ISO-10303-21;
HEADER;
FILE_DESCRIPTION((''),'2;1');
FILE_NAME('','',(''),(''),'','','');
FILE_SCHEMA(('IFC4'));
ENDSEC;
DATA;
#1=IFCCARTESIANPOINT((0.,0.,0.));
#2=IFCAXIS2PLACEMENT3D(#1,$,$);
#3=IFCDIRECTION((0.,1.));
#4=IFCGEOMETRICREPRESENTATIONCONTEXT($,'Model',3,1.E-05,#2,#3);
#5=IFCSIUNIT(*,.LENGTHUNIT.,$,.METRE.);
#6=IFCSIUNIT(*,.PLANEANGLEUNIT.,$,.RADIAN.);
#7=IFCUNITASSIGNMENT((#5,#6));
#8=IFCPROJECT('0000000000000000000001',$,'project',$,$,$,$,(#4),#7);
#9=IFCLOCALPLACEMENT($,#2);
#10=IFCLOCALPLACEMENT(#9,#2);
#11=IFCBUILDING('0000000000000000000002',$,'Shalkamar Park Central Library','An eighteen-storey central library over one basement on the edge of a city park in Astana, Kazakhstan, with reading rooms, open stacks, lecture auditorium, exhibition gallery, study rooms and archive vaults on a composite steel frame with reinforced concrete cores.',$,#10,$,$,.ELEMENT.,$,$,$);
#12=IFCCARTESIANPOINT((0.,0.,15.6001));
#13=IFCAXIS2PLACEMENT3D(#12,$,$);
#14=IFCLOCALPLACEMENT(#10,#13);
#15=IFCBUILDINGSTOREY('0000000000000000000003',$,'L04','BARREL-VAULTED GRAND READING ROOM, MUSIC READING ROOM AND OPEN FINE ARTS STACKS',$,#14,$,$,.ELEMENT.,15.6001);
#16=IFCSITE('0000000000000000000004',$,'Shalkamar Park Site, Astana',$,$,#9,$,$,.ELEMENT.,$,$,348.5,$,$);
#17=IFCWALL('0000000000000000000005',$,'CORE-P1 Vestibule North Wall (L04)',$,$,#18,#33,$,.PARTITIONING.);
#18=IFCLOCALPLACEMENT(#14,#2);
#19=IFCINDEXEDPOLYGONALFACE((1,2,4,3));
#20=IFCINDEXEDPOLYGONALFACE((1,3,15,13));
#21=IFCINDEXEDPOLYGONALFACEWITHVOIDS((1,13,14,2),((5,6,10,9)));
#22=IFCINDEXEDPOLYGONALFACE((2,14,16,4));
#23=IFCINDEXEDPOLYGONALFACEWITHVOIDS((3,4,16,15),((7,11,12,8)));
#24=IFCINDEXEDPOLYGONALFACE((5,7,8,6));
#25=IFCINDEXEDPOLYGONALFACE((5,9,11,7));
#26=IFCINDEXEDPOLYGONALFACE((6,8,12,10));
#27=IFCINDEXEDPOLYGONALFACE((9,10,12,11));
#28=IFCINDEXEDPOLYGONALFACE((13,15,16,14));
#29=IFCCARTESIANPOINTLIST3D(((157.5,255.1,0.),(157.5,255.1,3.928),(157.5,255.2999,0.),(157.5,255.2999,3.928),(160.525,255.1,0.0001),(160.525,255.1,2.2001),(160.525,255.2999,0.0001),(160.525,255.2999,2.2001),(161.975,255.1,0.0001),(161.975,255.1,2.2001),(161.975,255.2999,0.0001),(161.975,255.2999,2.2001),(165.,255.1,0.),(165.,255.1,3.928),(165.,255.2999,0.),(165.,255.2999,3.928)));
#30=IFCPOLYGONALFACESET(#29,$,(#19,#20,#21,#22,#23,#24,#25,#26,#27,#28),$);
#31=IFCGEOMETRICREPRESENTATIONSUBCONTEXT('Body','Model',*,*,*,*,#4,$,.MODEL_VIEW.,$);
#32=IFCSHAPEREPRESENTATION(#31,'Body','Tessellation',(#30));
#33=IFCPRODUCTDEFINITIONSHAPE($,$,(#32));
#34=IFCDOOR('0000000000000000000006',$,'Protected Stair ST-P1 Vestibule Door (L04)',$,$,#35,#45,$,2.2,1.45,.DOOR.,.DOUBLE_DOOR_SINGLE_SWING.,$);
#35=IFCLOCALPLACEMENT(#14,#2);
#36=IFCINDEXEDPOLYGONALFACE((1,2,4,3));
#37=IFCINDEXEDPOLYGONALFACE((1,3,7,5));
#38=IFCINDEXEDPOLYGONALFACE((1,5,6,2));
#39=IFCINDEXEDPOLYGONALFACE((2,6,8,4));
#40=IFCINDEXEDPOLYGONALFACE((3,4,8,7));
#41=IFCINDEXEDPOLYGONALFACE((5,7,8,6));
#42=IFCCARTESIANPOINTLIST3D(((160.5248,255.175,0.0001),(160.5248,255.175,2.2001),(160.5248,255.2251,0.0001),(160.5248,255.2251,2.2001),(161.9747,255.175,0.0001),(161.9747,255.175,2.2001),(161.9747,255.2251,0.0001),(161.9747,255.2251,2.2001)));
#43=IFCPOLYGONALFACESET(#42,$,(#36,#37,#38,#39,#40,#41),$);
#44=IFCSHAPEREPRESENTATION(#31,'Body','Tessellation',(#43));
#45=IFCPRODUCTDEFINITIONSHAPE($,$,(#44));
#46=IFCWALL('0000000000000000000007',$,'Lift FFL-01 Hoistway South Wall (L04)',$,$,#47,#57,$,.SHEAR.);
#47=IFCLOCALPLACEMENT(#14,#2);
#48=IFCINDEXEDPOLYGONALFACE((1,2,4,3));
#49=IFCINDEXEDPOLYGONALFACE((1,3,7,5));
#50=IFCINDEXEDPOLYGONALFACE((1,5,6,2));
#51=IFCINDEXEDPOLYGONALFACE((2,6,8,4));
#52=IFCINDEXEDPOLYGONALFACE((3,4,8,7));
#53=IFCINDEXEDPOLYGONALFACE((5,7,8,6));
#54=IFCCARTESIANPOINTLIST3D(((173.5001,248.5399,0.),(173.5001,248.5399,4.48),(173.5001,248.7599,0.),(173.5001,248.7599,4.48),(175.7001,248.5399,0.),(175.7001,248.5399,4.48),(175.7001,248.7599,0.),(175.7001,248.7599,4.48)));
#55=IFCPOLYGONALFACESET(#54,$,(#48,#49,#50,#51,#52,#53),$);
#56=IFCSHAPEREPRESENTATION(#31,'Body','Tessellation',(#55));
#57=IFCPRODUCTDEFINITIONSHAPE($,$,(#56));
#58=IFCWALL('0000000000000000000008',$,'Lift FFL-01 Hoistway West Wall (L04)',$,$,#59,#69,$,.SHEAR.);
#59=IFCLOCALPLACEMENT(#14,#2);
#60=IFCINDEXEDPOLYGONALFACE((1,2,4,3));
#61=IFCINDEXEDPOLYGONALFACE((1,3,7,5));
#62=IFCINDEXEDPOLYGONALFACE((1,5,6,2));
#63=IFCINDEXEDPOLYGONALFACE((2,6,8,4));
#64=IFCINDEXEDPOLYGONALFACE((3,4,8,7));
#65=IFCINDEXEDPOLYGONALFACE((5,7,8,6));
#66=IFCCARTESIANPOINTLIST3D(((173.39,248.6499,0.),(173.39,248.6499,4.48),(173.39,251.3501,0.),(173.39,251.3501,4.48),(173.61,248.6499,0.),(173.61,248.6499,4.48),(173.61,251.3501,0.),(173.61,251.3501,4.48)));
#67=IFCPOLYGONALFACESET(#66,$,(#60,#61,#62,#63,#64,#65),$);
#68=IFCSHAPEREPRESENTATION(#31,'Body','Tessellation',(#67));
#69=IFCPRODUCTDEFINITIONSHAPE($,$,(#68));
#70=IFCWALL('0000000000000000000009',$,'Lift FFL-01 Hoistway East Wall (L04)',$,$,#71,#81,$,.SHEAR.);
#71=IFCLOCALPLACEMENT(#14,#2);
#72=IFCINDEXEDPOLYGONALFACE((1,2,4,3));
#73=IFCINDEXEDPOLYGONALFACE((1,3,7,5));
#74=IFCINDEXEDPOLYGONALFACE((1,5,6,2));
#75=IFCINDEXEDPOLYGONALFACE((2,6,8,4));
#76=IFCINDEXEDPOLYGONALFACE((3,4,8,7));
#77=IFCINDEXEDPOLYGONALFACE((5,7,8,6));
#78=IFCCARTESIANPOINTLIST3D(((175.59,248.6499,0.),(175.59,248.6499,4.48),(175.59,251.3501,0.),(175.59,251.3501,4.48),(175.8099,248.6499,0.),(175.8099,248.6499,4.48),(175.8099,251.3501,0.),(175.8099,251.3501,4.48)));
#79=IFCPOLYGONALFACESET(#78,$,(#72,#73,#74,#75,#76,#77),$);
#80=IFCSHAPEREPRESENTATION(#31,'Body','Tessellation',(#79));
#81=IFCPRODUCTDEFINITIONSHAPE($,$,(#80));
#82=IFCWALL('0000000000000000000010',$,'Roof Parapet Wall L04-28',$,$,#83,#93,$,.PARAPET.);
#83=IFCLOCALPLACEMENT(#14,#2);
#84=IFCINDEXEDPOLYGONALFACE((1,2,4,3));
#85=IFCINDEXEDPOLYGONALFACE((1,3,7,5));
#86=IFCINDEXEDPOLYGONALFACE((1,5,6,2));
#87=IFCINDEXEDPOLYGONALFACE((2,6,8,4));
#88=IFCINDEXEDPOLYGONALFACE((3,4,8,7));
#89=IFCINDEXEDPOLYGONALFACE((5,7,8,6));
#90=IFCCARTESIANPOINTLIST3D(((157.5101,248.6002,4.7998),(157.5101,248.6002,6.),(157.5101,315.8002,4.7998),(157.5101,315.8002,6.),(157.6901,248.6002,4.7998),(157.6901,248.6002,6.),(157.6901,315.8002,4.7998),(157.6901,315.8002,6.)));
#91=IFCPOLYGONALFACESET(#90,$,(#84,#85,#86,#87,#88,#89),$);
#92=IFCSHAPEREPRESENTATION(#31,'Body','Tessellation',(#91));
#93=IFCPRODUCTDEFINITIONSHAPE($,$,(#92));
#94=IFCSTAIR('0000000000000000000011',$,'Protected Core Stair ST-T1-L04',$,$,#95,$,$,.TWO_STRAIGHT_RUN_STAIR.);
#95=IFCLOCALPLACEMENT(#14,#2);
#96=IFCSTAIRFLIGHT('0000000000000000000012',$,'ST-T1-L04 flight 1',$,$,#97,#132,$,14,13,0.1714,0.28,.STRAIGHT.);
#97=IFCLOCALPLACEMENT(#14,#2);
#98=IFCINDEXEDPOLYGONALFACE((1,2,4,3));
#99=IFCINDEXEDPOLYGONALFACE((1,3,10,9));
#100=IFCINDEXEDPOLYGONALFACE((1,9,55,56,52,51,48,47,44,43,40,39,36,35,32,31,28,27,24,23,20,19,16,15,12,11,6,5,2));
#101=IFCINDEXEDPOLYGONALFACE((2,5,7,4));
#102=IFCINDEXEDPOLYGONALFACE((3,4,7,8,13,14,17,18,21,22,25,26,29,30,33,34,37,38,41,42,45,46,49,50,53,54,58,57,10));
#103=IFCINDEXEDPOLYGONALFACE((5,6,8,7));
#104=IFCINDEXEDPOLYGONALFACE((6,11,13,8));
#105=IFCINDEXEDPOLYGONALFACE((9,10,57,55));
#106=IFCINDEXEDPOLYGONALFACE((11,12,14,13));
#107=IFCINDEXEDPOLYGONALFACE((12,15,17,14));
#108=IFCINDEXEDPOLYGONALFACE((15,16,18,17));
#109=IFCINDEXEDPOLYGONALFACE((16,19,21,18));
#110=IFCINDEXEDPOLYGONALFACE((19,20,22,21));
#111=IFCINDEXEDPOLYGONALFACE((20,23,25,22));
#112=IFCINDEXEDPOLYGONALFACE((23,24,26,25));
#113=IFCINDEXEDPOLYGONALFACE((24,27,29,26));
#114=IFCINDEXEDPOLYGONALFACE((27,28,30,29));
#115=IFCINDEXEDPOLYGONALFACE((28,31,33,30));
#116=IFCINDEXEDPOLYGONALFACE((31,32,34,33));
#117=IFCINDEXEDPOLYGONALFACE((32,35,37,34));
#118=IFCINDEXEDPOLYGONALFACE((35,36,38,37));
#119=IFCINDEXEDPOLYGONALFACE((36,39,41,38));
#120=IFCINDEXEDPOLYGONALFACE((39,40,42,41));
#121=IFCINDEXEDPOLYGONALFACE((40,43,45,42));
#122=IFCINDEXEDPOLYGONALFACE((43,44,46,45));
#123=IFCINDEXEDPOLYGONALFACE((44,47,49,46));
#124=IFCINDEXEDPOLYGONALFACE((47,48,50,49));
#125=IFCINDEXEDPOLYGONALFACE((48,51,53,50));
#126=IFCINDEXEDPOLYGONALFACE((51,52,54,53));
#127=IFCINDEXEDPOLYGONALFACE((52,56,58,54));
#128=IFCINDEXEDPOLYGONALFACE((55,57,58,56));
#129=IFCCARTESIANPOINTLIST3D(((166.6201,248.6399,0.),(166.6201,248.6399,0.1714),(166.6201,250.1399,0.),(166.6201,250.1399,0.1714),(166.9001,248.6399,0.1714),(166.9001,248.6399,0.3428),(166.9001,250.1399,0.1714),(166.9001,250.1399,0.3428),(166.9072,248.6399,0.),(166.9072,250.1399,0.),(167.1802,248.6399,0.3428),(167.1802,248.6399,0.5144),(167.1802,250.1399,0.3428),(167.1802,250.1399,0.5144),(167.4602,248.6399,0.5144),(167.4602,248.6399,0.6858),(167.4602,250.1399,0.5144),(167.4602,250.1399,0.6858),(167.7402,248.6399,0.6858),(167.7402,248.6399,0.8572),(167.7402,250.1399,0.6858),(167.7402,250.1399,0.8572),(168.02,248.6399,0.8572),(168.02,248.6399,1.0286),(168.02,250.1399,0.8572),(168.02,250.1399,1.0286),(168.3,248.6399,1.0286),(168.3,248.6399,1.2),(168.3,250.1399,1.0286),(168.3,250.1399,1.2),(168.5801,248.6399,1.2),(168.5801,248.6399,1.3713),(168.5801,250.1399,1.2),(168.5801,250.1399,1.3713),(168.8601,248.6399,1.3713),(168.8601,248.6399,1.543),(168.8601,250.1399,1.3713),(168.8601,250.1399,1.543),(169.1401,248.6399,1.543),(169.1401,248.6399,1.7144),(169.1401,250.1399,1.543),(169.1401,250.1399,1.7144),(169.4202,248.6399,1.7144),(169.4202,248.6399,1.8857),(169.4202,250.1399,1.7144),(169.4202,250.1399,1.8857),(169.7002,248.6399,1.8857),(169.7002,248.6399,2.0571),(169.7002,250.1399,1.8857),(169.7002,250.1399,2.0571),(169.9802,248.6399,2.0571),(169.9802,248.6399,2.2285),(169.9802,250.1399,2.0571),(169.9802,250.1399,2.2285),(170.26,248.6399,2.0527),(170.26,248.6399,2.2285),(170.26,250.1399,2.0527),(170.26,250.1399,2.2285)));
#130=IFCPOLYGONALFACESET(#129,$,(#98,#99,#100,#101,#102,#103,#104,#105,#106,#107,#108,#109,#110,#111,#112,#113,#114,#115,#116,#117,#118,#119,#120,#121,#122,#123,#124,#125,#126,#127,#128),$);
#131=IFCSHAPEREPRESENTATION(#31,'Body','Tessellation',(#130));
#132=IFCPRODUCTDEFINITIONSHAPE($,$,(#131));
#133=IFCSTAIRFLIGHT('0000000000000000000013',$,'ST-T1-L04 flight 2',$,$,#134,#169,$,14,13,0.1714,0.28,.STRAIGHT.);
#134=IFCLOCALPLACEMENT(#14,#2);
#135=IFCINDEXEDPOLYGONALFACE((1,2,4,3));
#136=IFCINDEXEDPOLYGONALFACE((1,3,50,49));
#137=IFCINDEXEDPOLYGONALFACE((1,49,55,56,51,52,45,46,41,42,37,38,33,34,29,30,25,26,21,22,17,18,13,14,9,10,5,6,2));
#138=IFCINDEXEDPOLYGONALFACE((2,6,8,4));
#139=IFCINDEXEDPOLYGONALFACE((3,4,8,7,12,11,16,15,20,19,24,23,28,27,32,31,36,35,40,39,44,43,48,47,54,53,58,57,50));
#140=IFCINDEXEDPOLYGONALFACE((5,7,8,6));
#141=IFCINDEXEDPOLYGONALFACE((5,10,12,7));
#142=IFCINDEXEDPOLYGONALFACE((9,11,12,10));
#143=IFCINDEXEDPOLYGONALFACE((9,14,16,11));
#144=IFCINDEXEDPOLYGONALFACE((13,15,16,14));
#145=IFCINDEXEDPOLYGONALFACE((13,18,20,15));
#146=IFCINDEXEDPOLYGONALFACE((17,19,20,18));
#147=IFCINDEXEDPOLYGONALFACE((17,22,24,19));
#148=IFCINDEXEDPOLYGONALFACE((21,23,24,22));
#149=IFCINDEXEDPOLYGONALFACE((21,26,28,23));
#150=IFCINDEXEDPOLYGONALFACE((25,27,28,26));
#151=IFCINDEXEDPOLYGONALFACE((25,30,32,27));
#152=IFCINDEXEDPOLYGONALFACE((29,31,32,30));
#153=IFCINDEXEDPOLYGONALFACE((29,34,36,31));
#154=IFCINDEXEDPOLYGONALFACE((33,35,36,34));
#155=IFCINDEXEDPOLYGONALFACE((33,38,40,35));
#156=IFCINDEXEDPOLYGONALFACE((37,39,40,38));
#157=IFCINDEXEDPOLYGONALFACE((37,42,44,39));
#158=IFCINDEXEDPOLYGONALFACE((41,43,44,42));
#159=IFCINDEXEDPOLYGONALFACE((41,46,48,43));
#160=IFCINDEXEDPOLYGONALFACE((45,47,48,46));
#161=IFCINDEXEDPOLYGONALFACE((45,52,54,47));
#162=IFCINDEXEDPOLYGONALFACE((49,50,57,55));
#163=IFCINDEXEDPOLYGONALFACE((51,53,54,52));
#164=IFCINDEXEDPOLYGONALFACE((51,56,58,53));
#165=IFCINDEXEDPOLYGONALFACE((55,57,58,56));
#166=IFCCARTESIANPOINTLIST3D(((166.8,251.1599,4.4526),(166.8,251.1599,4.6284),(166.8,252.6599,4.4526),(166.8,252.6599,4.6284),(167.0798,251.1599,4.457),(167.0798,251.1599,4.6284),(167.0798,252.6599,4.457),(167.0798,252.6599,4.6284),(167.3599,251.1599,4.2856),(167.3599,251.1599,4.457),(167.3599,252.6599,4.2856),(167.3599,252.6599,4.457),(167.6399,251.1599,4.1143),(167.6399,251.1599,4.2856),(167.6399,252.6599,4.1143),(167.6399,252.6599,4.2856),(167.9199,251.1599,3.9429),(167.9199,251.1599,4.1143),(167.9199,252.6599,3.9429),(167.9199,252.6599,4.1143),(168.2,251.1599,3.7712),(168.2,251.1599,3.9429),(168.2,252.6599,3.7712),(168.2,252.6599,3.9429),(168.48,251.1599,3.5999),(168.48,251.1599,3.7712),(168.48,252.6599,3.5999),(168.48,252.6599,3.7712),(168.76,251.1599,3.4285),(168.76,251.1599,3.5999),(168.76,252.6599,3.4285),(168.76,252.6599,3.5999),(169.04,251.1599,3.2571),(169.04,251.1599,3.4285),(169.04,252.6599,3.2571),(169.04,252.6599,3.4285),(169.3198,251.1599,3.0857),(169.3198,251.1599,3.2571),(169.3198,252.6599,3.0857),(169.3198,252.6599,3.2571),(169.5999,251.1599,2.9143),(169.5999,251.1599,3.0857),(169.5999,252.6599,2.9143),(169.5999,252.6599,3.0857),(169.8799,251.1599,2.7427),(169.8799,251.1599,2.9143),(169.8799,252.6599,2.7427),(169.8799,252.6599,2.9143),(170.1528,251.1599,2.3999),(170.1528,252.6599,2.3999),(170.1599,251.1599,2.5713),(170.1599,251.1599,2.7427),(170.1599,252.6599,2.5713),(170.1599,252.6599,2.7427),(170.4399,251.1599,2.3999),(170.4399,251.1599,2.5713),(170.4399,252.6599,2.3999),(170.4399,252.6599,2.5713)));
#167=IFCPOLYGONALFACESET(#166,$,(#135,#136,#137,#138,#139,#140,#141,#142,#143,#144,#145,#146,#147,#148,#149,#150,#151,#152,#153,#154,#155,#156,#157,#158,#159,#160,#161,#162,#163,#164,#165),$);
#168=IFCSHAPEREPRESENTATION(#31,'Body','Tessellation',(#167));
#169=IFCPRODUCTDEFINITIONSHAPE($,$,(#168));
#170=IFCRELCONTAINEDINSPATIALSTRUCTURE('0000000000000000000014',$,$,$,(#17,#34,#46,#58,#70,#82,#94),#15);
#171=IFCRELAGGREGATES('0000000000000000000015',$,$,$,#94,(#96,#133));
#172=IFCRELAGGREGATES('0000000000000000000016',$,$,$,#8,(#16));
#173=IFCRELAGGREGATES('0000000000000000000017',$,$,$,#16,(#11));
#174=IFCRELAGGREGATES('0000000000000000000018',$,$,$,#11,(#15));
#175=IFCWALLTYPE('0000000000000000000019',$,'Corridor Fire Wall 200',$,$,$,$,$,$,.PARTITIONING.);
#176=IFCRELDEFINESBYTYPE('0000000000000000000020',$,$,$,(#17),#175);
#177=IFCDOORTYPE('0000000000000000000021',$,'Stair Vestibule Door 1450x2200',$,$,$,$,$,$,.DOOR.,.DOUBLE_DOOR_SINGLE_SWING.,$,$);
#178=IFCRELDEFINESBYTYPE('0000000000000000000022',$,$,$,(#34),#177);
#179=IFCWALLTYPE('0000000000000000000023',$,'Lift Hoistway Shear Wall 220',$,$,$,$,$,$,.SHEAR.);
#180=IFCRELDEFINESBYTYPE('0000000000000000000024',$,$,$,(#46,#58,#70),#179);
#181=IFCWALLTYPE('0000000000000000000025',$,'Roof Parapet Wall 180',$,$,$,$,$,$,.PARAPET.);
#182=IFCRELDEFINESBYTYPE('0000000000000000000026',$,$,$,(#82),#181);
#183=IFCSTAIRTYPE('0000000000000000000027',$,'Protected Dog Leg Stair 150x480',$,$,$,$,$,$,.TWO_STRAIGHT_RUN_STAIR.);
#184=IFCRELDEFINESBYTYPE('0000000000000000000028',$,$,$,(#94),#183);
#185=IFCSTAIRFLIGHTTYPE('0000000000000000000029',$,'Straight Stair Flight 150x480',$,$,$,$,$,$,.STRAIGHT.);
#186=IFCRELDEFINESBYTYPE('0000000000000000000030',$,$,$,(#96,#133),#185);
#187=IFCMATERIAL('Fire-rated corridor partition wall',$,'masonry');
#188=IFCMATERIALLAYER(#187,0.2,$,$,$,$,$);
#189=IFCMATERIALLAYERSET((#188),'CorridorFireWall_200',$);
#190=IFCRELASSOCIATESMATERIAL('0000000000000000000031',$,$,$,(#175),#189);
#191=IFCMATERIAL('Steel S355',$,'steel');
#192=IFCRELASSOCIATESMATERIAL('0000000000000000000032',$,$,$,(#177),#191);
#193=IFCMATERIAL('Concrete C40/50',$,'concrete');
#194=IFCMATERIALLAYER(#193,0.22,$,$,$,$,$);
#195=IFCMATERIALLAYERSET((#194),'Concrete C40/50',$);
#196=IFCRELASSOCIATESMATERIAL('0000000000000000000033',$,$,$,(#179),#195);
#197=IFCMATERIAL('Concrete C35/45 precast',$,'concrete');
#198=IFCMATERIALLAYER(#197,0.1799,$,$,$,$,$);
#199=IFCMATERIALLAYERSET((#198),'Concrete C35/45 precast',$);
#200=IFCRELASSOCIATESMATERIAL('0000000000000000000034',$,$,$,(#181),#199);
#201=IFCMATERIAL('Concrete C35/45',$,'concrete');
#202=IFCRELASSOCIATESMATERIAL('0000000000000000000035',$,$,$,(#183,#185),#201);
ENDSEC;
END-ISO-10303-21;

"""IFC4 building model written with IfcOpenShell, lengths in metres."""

from ifc_helpers import new_model, si_unit, direction, frame, frame_2d, origin, place, context, subcontext, project, spatial, polyline, rectangle, outline, extrude, material, layer, layer_set, type_object, element, fill, aggregate, save


model = new_model("IFC4")

# Units and contexts
model_context = context("Model", 3, precision=1e-05, world=origin(), true_north=direction((0.0, 1.0)))
body_context = subcontext(model_context, "Body", "Model", "MODEL_VIEW")
ifc_project = project(units=[si_unit("LENGTHUNIT", "METRE"), si_unit("PLANEANGLEUNIT", "RADIAN")], contexts=[model_context])

# Site, building, storey
site_placement = place(None, origin())
site = spatial("IfcSite", under=ifc_project, at=site_placement, Name="Shalkamar Park Site, Astana", CompositionType="ELEMENT", RefElevation=348.5)
building_placement = place(site_placement, origin())
building = spatial("IfcBuilding", under=site, at=building_placement, Name="Shalkamar Park Central Library", Description="An eighteen-storey central library over one basement on the edge of a city park in Astana, Kazakhstan, with reading rooms, open stacks, lecture auditorium, exhibition gallery, study rooms and archive vaults on a composite steel frame with reinforced concrete cores.", CompositionType="ELEMENT")
storey_placement = place(building_placement, frame((0.0, 0.0, 15.6001)))
storey = spatial("IfcBuildingStorey", under=building, at=storey_placement, Name="L04", Description="BARREL-VAULTED GRAND READING ROOM, MUSIC READING ROOM AND OPEN FINE ARTS STACKS", CompositionType="ELEMENT", Elevation=15.6001)

# Shared definitions
ifc_material_1 = material(Name="Steel S355", Category="steel")

# Wall, opening, door
ifc_material_2 = material(Name="Fire-rated corridor partition wall", Category="masonry")
ifc_layer_1 = layer(ifc_material_2, 0.2)
ifc_layer_set_1 = layer_set([ifc_layer_1], Name="CorridorFireWall_200")
wall_type_1 = type_object("IfcWallType", Name="Corridor Fire Wall 200", PredefinedType="PARTITIONING", material=ifc_layer_set_1)
door_type_1 = type_object("IfcDoorType", Name="Stair Vestibule Door 1450x2200", OperationType="DOUBLE_DOOR_SINGLE_SWING", PredefinedType="DOOR", material=ifc_material_1)
wall_1_placement = place(storey_placement, frame((157.5, 255.2, 0.0), z_axis=(0.0, 0.0, 1.0), x_axis=(1.0, 0.0, 0.0)))
wall_1 = element("IfcWall", 1, at=wall_1_placement, inside=storey, type_object=wall_type_1, Name="CORE-P1 Vestibule North Wall (L04)", PredefinedType="PARTITIONING", context=body_context, shape_type="SweptSolid", body=[
    extrude(rectangle(XDim=7.5, YDim=0.2, at=frame_2d((3.75, 0.0))), origin(), (0.0, 0.0, 1.0), 3.928),
])
opening_1_placement = place(wall_1_placement, frame((3.0249, 0.0, 0.0)))
opening_1 = element("IfcOpeningElement", 2, at=opening_1_placement, cuts=wall_1, PredefinedType="OPENING", context=body_context, shape_type="SweptSolid", body=[
    extrude(rectangle(XDim=1.45, YDim=2.2, at=frame_2d((0.7251, 1.1001))), frame((0.0, 0.1147, 0.0), z_axis=(0.0, -1.0, 0.0), x_axis=(1.0, 0.0, 0.0)), (0.0, 0.0, 1.0), 0.2297),
])
door_1_placement = place(opening_1_placement, frame((1.45, 0.0, 0.0), z_axis=(0.0, 0.0, 1.0), x_axis=(-1.0, 0.0, 0.0)))
door_1 = element("IfcDoor", 3, at=door_1_placement, inside=storey, type_object=door_type_1, Name="Protected Stair ST-P1 Vestibule Door (L04)", OperationType="DOUBLE_DOOR_SINGLE_SWING", OverallHeight=2.2, OverallWidth=1.45, PredefinedType="DOOR", context=body_context, shape_type="SweptSolid", body=[
    extrude(rectangle(XDim=1.45, YDim=2.2, at=frame_2d((0.7251, 1.1001))), frame((0.0, 0.0249, 0.0), z_axis=(0.0, -1.0, 0.0), x_axis=(1.0, 0.0, 0.0)), (0.0, 0.0, 1.0), 0.05),
])
fill(opening_1, door_1)

# Walls
ifc_material_3 = material(Name="Concrete C40/50", Category="concrete")
ifc_layer_2 = layer(ifc_material_3, 0.22)
ifc_layer_set_2 = layer_set([ifc_layer_2], Name="Concrete C40/50")
wall_type_2 = type_object("IfcWallType", Name="Lift Hoistway Shear Wall 220", PredefinedType="SHEAR", material=ifc_layer_set_2)
wall_2_placement = place(storey_placement, frame((173.5, 248.6499, 0.0), z_axis=(0.0, 0.0, 1.0), x_axis=(1.0, 0.0, 0.0)))
element("IfcWall", 4, at=wall_2_placement, inside=storey, type_object=wall_type_2, Name="Lift FFL-01 Hoistway South Wall (L04)", PredefinedType="SHEAR", context=body_context, shape_type="SweptSolid", body=[
    extrude(rectangle(XDim=2.2, YDim=0.22, at=frame_2d((1.1001, 0.0))), origin(), (0.0, 0.0, 1.0), 4.48),
])
for number, where, z_axis, x_axis, name in (
    (5, (173.5, 248.6499, 0.0), (0.0, 0.0, 1.0), (0.0, 1.0, 0.0), "Lift FFL-01 Hoistway West Wall (L04)"),
    (6, (175.7, 248.6499, 0.0), (0.0, 0.0, 1.0), (0.0, 1.0, 0.0), "Lift FFL-01 Hoistway East Wall (L04)"),
):
    element("IfcWall", number, at=place(storey_placement, frame(where, z_axis=z_axis, x_axis=x_axis)), inside=storey, type_object=wall_type_2, Name=name, PredefinedType="SHEAR", context=body_context, shape_type="SweptSolid", body=[
        extrude(rectangle(XDim=2.7002, YDim=0.22, at=frame_2d((1.3501, 0.0))), origin(), (0.0, 0.0, 1.0), 4.48),
    ])

# Wall
ifc_material_4 = material(Name="Concrete C35/45 precast", Category="concrete")
ifc_layer_3 = layer(ifc_material_4, 0.1799)
ifc_layer_set_3 = layer_set([ifc_layer_3], Name="Concrete C35/45 precast")
wall_type_3 = type_object("IfcWallType", Name="Roof Parapet Wall 180", PredefinedType="PARAPET", material=ifc_layer_set_3)
wall_3_placement = place(storey_placement, frame((157.6001, 248.6001, 4.7998), z_axis=(0.0, 0.0, 1.0), x_axis=(0.0, 1.0, 0.0)))
element("IfcWall", 7, at=wall_3_placement, inside=storey, type_object=wall_type_3, Name="Roof Parapet Wall L04-28", PredefinedType="PARAPET", context=body_context, shape_type="SweptSolid", body=[
    extrude(rectangle(XDim=67.2, YDim=0.1799, at=frame_2d((33.6001, 0.0))), origin(), (0.0, 0.0, 1.0), 1.2002),
])

# Stair, stair flights
ifc_material_5 = material(Name="Concrete C35/45", Category="concrete")
stair_type = type_object("IfcStairType", Name="Protected Dog Leg Stair 150x480", PredefinedType="TWO_STRAIGHT_RUN_STAIR", material=ifc_material_5)
stair_placement = place(storey_placement, origin())
stair = element("IfcStair", 8, at=stair_placement, inside=storey, type_object=stair_type, Name="Protected Core Stair ST-T1-L04", PredefinedType="TWO_STRAIGHT_RUN_STAIR")
stair_flight_type = type_object("IfcStairFlightType", Name="Straight Stair Flight 150x480", PredefinedType="STRAIGHT", material=ifc_material_5)
stair_flight_1_placement = place(storey_placement, frame((166.6201, 249.3899, 0.0), z_axis=(0.0, 0.0, 1.0), x_axis=(1.0, 0.0, 0.0)))
stair_flight_1 = element("IfcStairFlight", 9, at=stair_flight_1_placement, type_object=stair_flight_type, Name="ST-T1-L04 flight 1", NumberOfRisers=14, NumberOfTreads=13, PredefinedType="STRAIGHT", RiserHeight=0.1714, TreadLength=0.28, context=body_context, shape_type="SweptSolid", body=[
    extrude(outline(polyline([(0.0, 0.0), (0.0, 0.1714), (0.28, 0.1714), (0.28, 0.3428), (0.5601, 0.3428), (0.5601, 0.5144), (0.8401, 0.5144), (0.8401, 0.6858), (1.1201, 0.6858), (1.1201, 0.8572), (1.3999, 0.8572), (1.3999, 1.0286), (1.6799, 1.0286), (1.6799, 1.2), (1.96, 1.2), (1.96, 1.3713), (2.24, 1.3713), (2.24, 1.543), (2.52, 1.543), (2.52, 1.7144), (2.8, 1.7144), (2.8, 1.8857), (3.0801, 1.8857), (3.0801, 2.0571), (3.3601, 2.0571), (3.3601, 2.2285), (3.6399, 2.2285), (3.6399, 2.3999), (3.6399, 2.0527), (0.2871, 0.0), (0.0, 0.0)])), frame((0.0, 0.75, 0.0), z_axis=(0.0, -1.0, 0.0), x_axis=(1.0, 0.0, 0.0)), (0.0, 0.0, 1.0), 1.5),
])
stair_flight_2_placement = place(storey_placement, frame((170.4399, 251.9099, 2.3999), z_axis=(0.0, 0.0, 1.0), x_axis=(-1.0, 0.0, 0.0)))
stair_flight_2 = element("IfcStairFlight", 10, at=stair_flight_2_placement, type_object=stair_flight_type, Name="ST-T1-L04 flight 2", NumberOfRisers=14, NumberOfTreads=13, PredefinedType="STRAIGHT", RiserHeight=0.1714, TreadLength=0.28, context=body_context, shape_type="SweptSolid", body=[
    extrude(outline(polyline([(0.0, 0.0), (0.0, 0.1714), (0.28, 0.1714), (0.28, 0.3428), (0.5601, 0.3428), (0.5601, 0.5144), (0.8401, 0.5144), (0.8401, 0.6858), (1.1201, 0.6858), (1.1201, 0.8572), (1.3999, 0.8572), (1.3999, 1.0286), (1.6799, 1.0286), (1.6799, 1.2), (1.96, 1.2), (1.96, 1.3713), (2.24, 1.3713), (2.24, 1.543), (2.52, 1.543), (2.52, 1.7144), (2.8, 1.7144), (2.8, 1.8857), (3.0801, 1.8857), (3.0801, 2.0571), (3.3601, 2.0571), (3.3601, 2.2285), (3.6399, 2.2285), (3.6399, 2.3999), (3.6399, 2.0527), (0.2871, 0.0), (0.0, 0.0)])), frame((0.0, 0.75, 0.0), z_axis=(0.0, -1.0, 0.0), x_axis=(1.0, 0.0, 0.0)), (0.0, 0.0, 1.0), 1.5),
])
aggregate(stair, [stair_flight_1, stair_flight_2])

save(model, "model.ifc")
